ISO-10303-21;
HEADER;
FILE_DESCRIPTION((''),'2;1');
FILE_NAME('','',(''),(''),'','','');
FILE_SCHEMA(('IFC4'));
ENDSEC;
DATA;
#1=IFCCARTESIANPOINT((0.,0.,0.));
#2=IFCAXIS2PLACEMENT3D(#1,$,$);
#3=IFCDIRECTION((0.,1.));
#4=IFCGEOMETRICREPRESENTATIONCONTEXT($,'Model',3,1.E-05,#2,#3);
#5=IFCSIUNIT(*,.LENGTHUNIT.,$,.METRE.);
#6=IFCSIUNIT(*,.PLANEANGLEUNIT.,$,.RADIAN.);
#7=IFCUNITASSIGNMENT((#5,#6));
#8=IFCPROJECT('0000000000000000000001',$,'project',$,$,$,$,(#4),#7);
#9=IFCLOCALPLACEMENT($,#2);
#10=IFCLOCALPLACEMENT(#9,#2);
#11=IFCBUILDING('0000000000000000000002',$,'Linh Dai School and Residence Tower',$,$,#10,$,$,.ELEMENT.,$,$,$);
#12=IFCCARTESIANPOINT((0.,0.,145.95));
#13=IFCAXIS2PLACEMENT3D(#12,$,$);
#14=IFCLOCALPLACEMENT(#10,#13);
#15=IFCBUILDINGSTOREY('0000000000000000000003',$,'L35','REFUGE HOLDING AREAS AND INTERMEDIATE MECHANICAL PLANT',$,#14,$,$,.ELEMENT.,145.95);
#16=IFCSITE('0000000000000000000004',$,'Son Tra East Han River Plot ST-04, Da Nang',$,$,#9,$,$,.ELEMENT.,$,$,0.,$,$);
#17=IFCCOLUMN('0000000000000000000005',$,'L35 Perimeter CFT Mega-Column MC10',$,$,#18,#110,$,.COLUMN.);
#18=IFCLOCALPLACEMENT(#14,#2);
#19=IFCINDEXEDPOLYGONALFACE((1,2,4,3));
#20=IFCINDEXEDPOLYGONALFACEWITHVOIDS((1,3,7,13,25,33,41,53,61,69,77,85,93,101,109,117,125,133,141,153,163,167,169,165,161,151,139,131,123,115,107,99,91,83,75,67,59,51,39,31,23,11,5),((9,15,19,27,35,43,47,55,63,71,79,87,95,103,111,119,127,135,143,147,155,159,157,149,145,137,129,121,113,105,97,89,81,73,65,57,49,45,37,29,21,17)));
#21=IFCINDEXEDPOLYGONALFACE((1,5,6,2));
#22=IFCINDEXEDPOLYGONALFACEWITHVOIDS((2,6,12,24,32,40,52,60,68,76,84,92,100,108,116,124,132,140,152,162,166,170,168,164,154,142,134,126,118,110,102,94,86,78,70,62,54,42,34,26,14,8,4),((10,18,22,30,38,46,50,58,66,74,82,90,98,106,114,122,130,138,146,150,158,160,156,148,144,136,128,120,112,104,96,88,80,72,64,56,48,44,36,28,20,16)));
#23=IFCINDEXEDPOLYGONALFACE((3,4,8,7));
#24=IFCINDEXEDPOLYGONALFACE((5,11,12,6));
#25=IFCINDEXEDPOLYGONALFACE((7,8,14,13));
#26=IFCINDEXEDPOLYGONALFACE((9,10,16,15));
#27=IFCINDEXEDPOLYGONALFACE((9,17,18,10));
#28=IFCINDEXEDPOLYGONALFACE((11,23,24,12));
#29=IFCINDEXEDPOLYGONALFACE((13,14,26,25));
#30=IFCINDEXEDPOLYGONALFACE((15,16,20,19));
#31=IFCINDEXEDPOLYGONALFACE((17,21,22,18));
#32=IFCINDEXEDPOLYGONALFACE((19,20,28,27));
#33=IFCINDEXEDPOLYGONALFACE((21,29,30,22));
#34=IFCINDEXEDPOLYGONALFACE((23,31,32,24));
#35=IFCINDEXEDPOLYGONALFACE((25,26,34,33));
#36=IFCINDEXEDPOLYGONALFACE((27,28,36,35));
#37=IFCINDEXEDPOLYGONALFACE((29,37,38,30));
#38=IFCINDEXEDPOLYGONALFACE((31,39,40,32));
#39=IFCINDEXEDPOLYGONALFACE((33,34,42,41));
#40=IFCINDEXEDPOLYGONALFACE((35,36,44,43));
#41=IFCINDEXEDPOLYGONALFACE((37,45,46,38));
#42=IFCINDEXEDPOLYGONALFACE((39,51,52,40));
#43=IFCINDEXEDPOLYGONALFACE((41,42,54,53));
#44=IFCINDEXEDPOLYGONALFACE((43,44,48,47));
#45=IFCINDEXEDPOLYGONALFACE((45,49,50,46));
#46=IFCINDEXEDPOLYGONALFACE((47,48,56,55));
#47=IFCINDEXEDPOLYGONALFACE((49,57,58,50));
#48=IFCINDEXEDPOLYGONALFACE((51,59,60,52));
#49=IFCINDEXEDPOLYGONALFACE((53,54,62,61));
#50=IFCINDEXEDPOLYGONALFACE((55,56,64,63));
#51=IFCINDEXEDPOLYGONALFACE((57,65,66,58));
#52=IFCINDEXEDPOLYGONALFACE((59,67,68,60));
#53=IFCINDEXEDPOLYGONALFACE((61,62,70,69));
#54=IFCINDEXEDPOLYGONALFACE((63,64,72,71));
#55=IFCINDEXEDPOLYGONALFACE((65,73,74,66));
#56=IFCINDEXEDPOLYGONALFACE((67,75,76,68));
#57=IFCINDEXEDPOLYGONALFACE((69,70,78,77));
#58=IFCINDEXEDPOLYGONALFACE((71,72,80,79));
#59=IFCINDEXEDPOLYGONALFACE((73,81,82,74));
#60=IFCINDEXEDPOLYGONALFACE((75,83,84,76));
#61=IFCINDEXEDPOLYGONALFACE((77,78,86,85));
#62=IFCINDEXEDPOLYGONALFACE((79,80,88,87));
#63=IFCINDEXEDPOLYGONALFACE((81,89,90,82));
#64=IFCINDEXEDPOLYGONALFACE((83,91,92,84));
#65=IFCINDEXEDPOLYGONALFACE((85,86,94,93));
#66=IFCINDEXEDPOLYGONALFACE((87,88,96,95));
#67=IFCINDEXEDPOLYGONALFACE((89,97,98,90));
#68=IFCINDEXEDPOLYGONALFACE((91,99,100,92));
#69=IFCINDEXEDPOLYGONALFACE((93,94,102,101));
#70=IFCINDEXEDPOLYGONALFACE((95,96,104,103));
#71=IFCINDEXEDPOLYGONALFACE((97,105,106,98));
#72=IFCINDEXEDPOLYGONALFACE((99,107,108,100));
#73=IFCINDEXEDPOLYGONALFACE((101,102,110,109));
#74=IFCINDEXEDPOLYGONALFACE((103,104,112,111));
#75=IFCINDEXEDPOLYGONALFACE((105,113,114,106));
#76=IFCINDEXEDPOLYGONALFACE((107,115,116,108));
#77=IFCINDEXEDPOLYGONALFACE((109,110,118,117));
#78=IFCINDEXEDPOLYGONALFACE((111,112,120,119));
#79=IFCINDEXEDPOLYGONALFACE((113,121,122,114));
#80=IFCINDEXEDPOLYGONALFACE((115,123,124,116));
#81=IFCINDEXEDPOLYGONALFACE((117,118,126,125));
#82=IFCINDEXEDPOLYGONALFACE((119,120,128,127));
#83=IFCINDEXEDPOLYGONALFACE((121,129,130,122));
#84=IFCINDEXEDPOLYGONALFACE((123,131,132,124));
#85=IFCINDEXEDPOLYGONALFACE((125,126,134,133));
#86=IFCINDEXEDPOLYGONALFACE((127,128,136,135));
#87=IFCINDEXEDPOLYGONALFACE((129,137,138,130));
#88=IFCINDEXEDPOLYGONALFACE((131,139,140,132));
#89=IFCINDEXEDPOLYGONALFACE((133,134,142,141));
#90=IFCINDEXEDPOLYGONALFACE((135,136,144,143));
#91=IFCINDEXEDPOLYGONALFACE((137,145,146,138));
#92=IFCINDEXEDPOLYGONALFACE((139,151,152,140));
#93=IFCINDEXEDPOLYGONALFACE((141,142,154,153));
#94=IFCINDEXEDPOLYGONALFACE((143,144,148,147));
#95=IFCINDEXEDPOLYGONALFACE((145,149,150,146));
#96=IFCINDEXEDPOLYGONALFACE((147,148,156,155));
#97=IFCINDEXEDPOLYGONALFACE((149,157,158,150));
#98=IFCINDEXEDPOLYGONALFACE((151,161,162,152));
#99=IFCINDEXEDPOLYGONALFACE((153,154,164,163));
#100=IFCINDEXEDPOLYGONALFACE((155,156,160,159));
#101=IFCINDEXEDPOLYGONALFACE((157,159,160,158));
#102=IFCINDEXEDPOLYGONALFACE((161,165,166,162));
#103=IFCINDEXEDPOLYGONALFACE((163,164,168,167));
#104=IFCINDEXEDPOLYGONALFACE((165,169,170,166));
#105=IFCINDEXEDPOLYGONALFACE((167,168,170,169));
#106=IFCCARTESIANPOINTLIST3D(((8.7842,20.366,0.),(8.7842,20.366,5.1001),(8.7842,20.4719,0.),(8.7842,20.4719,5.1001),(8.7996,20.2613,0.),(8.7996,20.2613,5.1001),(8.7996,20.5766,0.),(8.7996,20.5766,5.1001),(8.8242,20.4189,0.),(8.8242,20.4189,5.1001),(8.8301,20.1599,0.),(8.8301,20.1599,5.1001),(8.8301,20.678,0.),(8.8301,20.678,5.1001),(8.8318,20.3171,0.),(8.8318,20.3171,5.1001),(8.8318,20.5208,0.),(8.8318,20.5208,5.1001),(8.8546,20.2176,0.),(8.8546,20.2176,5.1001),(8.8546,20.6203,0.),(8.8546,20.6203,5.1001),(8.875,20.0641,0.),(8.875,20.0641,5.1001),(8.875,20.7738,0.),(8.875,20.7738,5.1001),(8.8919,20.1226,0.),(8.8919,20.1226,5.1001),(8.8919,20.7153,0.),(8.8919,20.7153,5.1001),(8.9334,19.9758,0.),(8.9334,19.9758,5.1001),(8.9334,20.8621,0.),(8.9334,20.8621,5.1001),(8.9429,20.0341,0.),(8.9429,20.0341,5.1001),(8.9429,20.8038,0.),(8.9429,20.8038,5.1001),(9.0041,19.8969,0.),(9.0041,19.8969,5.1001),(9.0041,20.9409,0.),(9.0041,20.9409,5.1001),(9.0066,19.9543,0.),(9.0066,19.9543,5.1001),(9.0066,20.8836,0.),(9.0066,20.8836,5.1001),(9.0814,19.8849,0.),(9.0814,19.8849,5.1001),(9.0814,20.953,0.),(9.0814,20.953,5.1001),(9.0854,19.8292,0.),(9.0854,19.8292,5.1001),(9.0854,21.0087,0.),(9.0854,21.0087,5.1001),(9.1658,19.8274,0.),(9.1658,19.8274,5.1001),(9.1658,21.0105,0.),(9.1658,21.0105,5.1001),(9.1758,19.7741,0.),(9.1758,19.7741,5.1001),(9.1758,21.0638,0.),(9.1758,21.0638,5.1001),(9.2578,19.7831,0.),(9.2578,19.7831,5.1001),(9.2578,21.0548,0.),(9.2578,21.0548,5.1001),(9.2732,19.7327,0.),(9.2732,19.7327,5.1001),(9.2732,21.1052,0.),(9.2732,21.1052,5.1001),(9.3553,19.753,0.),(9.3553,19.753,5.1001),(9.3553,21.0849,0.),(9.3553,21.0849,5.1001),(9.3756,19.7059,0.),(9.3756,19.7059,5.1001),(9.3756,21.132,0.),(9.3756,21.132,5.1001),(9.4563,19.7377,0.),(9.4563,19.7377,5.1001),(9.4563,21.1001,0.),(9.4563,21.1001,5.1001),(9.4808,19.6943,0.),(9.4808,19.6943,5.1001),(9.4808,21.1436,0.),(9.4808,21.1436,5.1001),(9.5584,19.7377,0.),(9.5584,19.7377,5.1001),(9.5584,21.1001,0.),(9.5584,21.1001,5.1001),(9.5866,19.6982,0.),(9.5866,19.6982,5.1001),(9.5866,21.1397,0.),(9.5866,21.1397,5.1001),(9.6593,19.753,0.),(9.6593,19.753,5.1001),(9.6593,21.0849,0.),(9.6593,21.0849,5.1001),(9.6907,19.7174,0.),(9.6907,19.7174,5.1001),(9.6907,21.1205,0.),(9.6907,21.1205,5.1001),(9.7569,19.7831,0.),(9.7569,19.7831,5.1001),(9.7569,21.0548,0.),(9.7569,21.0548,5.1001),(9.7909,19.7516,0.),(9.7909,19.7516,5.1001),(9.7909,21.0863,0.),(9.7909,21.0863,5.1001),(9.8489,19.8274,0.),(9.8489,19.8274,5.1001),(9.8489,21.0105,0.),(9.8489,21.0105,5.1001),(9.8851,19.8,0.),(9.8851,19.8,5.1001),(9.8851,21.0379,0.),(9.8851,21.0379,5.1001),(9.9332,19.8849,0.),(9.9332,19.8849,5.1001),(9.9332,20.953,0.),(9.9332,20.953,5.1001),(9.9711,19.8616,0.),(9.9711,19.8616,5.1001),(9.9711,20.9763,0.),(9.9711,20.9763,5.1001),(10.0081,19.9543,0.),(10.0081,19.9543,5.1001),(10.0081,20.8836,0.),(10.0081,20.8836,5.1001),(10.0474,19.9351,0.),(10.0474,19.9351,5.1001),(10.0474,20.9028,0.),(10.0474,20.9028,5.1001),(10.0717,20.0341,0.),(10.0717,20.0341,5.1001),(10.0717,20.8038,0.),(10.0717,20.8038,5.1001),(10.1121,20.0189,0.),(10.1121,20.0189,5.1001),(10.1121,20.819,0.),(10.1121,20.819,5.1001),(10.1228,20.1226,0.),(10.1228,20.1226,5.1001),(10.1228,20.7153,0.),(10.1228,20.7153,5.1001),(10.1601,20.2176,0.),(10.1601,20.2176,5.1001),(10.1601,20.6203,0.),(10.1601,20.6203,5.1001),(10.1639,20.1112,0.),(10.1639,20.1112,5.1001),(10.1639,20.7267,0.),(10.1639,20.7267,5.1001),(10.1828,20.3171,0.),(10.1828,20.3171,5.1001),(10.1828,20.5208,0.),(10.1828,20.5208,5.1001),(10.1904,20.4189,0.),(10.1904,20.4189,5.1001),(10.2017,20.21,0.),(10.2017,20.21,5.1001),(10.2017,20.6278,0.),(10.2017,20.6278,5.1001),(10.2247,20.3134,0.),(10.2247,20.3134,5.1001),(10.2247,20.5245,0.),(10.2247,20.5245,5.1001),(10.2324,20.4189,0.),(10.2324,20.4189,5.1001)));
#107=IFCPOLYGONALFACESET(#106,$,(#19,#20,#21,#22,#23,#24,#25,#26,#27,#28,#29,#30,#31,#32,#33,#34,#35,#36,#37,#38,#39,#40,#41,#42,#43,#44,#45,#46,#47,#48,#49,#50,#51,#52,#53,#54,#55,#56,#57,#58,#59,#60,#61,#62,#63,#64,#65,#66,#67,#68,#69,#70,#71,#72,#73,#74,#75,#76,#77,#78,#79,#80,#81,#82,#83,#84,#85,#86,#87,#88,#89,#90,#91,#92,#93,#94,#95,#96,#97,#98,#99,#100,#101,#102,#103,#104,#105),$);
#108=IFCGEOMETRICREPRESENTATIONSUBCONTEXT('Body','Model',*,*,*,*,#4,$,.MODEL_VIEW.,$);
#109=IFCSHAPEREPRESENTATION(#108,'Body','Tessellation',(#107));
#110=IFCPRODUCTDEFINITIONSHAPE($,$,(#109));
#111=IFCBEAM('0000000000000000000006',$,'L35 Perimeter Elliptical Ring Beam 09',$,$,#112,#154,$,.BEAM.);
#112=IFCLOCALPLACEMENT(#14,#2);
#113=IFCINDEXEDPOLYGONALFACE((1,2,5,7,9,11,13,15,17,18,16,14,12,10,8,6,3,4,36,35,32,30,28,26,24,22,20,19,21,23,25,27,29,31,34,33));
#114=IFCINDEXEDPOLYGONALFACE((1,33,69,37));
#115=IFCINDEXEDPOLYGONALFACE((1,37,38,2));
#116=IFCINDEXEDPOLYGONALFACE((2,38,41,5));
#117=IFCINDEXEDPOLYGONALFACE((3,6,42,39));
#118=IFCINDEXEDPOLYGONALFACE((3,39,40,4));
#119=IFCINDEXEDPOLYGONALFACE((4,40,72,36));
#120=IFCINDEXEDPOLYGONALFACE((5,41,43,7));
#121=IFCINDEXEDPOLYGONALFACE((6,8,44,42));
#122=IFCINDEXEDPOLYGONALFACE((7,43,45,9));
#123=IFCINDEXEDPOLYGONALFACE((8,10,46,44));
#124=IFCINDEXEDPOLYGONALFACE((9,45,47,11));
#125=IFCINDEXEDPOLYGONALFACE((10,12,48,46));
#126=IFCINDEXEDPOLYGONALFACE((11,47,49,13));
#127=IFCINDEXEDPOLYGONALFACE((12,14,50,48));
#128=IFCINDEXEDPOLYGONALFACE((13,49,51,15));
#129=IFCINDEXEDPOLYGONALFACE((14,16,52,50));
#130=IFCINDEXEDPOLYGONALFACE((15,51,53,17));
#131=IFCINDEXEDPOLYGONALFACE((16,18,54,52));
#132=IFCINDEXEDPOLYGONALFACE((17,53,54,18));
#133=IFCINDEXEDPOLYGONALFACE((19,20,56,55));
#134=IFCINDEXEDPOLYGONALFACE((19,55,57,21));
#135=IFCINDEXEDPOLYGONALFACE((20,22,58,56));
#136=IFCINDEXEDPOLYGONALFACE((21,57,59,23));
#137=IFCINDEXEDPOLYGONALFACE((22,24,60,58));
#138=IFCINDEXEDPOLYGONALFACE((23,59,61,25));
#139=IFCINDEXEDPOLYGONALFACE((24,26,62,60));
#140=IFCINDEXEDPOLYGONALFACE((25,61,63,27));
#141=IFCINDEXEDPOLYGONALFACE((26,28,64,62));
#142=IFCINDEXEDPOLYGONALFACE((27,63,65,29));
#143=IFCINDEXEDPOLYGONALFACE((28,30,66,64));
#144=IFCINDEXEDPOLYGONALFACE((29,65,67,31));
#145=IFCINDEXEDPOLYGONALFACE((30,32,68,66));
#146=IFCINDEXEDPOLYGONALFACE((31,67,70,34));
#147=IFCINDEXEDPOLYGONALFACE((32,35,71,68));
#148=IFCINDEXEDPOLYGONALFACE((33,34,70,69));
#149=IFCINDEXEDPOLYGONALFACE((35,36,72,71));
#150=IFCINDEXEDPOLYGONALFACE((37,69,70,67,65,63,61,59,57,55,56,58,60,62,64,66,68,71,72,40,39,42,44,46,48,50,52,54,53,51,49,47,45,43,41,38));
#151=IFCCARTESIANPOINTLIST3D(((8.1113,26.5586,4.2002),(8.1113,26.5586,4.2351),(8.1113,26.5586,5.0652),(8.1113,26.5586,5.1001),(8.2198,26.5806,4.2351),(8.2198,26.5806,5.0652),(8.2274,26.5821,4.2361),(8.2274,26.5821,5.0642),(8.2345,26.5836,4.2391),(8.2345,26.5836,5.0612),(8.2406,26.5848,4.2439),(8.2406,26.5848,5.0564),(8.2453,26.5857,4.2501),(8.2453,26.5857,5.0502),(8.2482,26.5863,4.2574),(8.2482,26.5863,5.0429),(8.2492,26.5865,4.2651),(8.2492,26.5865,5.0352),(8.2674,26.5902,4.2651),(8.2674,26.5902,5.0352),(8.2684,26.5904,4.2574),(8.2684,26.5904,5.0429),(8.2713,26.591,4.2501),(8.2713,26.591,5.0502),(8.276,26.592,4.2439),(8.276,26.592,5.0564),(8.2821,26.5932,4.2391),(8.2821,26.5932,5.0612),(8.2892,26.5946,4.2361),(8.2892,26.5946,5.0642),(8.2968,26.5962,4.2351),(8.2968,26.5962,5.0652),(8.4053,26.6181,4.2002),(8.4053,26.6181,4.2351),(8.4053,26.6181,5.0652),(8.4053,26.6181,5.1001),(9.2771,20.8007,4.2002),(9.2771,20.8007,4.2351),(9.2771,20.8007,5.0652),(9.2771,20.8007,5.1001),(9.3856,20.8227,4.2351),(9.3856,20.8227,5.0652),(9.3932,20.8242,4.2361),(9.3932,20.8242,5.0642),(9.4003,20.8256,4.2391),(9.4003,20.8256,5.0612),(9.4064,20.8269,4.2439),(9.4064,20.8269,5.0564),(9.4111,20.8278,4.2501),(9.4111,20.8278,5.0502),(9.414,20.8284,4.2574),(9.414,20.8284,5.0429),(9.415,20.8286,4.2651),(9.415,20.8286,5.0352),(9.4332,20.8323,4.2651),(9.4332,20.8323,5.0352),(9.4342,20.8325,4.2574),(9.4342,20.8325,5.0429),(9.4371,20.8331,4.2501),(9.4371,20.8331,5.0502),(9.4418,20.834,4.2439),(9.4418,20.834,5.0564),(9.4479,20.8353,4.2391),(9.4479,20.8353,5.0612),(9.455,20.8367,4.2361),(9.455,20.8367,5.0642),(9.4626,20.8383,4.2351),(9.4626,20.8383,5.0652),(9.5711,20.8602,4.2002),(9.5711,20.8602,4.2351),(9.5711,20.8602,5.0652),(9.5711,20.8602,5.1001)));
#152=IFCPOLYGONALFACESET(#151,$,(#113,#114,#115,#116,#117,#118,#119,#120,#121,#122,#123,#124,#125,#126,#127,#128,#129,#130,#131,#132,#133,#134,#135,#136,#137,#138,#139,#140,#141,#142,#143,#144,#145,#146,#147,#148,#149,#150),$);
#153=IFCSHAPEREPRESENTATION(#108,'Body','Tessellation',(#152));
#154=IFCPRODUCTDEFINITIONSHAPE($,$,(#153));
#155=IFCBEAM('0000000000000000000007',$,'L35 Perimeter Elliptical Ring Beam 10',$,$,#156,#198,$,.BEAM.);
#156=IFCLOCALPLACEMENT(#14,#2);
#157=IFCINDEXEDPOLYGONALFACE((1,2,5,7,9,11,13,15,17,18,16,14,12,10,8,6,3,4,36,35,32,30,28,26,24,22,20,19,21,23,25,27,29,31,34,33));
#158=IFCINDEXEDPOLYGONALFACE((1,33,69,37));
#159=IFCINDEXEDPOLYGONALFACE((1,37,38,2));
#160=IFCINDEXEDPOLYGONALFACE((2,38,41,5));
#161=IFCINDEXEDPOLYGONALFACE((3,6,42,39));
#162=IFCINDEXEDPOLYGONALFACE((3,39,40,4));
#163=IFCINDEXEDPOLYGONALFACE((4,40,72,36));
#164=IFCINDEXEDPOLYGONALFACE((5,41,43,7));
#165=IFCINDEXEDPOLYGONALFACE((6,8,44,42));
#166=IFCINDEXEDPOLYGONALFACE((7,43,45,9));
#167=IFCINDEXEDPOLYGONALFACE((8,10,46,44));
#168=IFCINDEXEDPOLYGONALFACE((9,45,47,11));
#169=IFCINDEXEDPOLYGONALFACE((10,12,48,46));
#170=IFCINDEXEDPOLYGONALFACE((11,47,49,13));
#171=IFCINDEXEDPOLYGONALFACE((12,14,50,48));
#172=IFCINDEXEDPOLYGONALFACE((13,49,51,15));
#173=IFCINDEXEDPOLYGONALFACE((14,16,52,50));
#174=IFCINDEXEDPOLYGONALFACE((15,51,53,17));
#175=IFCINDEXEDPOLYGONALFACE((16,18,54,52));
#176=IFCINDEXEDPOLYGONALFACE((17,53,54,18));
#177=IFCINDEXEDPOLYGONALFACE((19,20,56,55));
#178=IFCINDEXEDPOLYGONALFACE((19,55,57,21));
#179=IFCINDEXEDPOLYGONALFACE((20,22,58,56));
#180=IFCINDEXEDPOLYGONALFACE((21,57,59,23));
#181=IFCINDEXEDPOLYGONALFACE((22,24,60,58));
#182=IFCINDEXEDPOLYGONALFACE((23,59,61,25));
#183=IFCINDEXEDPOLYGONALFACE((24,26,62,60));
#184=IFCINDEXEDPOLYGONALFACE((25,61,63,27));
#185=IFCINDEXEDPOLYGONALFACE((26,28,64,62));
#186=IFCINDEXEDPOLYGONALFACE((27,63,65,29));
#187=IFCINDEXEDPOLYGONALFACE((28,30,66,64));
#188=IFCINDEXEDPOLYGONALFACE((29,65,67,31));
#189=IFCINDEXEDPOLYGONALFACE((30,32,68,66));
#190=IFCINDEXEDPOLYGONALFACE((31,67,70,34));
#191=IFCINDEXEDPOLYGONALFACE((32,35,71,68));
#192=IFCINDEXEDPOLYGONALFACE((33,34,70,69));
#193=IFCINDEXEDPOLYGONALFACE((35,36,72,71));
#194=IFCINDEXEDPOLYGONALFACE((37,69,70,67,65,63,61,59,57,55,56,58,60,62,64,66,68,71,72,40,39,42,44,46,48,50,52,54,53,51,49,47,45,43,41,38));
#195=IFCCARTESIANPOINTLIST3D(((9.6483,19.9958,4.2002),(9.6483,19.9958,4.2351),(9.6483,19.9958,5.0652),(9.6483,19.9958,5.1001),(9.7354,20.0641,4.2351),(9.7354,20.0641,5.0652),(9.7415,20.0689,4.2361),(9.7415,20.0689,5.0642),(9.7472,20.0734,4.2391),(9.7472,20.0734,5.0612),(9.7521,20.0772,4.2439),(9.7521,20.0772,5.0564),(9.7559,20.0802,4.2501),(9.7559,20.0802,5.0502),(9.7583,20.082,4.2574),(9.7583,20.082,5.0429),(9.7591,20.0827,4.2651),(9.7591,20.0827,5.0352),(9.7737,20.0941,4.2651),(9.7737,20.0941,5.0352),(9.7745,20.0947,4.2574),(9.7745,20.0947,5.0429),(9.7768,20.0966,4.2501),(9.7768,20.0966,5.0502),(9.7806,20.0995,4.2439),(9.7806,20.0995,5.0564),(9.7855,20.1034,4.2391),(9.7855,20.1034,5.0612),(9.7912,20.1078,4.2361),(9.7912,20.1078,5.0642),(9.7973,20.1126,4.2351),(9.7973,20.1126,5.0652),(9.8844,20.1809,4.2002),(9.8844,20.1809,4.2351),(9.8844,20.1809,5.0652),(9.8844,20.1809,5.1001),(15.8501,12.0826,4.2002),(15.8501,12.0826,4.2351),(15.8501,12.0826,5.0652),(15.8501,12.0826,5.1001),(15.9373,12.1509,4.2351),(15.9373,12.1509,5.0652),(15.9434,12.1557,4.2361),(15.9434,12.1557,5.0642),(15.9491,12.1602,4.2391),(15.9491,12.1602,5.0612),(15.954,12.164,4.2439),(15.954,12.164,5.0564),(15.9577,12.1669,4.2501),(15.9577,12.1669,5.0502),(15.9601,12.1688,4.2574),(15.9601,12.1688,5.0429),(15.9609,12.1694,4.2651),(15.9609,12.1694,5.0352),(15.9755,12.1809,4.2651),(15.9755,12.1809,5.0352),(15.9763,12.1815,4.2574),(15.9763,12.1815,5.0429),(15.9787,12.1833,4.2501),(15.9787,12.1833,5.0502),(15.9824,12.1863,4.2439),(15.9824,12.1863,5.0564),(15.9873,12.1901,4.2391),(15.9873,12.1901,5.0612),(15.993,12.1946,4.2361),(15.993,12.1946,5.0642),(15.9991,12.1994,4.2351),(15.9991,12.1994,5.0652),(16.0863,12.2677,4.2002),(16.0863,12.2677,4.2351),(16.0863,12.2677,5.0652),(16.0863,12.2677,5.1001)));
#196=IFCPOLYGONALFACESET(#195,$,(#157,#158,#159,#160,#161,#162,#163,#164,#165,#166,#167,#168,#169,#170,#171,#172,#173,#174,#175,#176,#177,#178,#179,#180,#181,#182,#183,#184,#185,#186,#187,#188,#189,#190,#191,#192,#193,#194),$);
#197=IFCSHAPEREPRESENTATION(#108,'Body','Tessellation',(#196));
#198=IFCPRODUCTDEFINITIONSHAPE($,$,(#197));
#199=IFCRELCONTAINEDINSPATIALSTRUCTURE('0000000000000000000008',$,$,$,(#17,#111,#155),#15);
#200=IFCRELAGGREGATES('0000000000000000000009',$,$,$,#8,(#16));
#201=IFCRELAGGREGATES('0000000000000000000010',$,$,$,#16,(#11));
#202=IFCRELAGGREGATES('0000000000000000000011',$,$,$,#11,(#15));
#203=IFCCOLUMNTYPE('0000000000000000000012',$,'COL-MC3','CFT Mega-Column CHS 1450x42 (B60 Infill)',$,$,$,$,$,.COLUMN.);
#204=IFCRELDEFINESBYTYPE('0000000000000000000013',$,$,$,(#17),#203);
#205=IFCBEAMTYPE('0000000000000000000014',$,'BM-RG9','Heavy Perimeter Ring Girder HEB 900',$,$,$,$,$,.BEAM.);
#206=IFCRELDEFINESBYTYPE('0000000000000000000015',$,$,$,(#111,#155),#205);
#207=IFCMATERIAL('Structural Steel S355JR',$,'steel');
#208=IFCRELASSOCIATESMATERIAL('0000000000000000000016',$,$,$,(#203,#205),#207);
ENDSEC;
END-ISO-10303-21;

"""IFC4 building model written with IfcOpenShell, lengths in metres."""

from ifc_helpers import new_model, si_unit, direction, frame, origin, origin_2d, place, context, subcontext, project, spatial, hollow_circle, i_section, extrude, material, material_profile, profile_set, type_object, element, save


model = new_model("IFC4")

# Units and contexts
model_context = context("Model", 3, precision=1e-05, world=origin(), true_north=direction((0.0, 1.0)))
body_context = subcontext(model_context, "Body", "Model", "MODEL_VIEW")
ifc_project = project(units=[si_unit("LENGTHUNIT", "METRE"), si_unit("PLANEANGLEUNIT", "RADIAN")], contexts=[model_context])

# Site, building, storey
site_placement = place(None, origin())
site = spatial("IfcSite", under=ifc_project, at=site_placement, Name="Son Tra East Han River Plot ST-04, Da Nang", CompositionType="ELEMENT", RefElevation=0.0)
building_placement = place(site_placement, origin())
building = spatial("IfcBuilding", under=site, at=building_placement, Name="Linh Dai School and Residence Tower", CompositionType="ELEMENT")
storey_placement = place(building_placement, frame((0.0, 0.0, 145.95)))
storey = spatial("IfcBuildingStorey", under=building, at=storey_placement, Name="L35", Description="REFUGE HOLDING AREAS AND INTERMEDIATE MECHANICAL PLANT", CompositionType="ELEMENT", Elevation=145.95)

# Column
ifc_material_1 = material(Name="Structural Steel S355JR", Category="steel")
ifc_material_profile_1 = material_profile(ifc_material_1, hollow_circle(Radius=0.7251, WallThickness=0.042, at=origin_2d()), Name="CHS 1450x42")
ifc_profile_set_1 = profile_set([ifc_material_profile_1], Name="Structural Steel S355JR")
column_type = type_object("IfcColumnType", Name="COL-MC3", Description="CFT Mega-Column CHS 1450x42 (B60 Infill)", PredefinedType="COLUMN", material=ifc_profile_set_1)
column_placement = place(storey_placement, frame((9.5073, 20.4189, 0.0), z_axis=(0.0, 0.0, 1.0), x_axis=(1.0, 0.0, 0.0)))
element("IfcColumn", 1, at=column_placement, inside=storey, type_object=column_type, Name="L35 Perimeter CFT Mega-Column MC10", PredefinedType="COLUMN", context=body_context, shape_type="SweptSolid", body=[
    extrude(hollow_circle(Radius=0.7251, WallThickness=0.042, at=origin_2d()), origin(), (0.0, 0.0, 1.0), 5.1001),
])

# Beams
ifc_material_profile_2 = material_profile(ifc_material_1, i_section(OverallWidth=0.3, OverallDepth=0.8999, WebThickness=0.0186, FlangeThickness=0.0349, FilletRadius=0.03, at=origin_2d()), Name="HEB 900")
ifc_profile_set_2 = profile_set([ifc_material_profile_2], Name="Structural Steel S355JR")
beam_type_1 = type_object("IfcBeamType", Name="BM-RG9", Description="Heavy Perimeter Ring Girder HEB 900", PredefinedType="BEAM", material=ifc_profile_set_2)
beam_1_placement = place(storey_placement, frame((8.2583, 26.5884, 4.6501), z_axis=(0.198441, -0.980113, 0.0), x_axis=(0.980113, 0.198441, 0.0)))
element("IfcBeam", 2, at=beam_1_placement, inside=storey, type_object=beam_type_1, Name="L35 Perimeter Elliptical Ring Beam 09", PredefinedType="BEAM", context=body_context, shape_type="SweptSolid", body=[
    extrude(i_section(OverallWidth=0.3, OverallDepth=0.8999, WebThickness=0.0186, FlangeThickness=0.0349, FilletRadius=0.03, at=origin_2d()), origin(), (0.0, 0.0, 1.0), 5.8748),
])
beam_2_placement = place(storey_placement, frame((9.7664, 20.0884, 4.6501), z_axis=(0.616855, -0.787077, 0.0), x_axis=(0.787077, 0.616855, 0.0)))
element("IfcBeam", 3, at=beam_2_placement, inside=storey, type_object=beam_type_1, Name="L35 Perimeter Elliptical Ring Beam 10", PredefinedType="BEAM", context=body_context, shape_type="SweptSolid", body=[
    extrude(i_section(OverallWidth=0.3, OverallDepth=0.8999, WebThickness=0.0186, FlangeThickness=0.0349, FilletRadius=0.03, at=origin_2d()), origin(), (0.0, 0.0, 1.0), 10.054),
])

save(model, "model.ifc")
